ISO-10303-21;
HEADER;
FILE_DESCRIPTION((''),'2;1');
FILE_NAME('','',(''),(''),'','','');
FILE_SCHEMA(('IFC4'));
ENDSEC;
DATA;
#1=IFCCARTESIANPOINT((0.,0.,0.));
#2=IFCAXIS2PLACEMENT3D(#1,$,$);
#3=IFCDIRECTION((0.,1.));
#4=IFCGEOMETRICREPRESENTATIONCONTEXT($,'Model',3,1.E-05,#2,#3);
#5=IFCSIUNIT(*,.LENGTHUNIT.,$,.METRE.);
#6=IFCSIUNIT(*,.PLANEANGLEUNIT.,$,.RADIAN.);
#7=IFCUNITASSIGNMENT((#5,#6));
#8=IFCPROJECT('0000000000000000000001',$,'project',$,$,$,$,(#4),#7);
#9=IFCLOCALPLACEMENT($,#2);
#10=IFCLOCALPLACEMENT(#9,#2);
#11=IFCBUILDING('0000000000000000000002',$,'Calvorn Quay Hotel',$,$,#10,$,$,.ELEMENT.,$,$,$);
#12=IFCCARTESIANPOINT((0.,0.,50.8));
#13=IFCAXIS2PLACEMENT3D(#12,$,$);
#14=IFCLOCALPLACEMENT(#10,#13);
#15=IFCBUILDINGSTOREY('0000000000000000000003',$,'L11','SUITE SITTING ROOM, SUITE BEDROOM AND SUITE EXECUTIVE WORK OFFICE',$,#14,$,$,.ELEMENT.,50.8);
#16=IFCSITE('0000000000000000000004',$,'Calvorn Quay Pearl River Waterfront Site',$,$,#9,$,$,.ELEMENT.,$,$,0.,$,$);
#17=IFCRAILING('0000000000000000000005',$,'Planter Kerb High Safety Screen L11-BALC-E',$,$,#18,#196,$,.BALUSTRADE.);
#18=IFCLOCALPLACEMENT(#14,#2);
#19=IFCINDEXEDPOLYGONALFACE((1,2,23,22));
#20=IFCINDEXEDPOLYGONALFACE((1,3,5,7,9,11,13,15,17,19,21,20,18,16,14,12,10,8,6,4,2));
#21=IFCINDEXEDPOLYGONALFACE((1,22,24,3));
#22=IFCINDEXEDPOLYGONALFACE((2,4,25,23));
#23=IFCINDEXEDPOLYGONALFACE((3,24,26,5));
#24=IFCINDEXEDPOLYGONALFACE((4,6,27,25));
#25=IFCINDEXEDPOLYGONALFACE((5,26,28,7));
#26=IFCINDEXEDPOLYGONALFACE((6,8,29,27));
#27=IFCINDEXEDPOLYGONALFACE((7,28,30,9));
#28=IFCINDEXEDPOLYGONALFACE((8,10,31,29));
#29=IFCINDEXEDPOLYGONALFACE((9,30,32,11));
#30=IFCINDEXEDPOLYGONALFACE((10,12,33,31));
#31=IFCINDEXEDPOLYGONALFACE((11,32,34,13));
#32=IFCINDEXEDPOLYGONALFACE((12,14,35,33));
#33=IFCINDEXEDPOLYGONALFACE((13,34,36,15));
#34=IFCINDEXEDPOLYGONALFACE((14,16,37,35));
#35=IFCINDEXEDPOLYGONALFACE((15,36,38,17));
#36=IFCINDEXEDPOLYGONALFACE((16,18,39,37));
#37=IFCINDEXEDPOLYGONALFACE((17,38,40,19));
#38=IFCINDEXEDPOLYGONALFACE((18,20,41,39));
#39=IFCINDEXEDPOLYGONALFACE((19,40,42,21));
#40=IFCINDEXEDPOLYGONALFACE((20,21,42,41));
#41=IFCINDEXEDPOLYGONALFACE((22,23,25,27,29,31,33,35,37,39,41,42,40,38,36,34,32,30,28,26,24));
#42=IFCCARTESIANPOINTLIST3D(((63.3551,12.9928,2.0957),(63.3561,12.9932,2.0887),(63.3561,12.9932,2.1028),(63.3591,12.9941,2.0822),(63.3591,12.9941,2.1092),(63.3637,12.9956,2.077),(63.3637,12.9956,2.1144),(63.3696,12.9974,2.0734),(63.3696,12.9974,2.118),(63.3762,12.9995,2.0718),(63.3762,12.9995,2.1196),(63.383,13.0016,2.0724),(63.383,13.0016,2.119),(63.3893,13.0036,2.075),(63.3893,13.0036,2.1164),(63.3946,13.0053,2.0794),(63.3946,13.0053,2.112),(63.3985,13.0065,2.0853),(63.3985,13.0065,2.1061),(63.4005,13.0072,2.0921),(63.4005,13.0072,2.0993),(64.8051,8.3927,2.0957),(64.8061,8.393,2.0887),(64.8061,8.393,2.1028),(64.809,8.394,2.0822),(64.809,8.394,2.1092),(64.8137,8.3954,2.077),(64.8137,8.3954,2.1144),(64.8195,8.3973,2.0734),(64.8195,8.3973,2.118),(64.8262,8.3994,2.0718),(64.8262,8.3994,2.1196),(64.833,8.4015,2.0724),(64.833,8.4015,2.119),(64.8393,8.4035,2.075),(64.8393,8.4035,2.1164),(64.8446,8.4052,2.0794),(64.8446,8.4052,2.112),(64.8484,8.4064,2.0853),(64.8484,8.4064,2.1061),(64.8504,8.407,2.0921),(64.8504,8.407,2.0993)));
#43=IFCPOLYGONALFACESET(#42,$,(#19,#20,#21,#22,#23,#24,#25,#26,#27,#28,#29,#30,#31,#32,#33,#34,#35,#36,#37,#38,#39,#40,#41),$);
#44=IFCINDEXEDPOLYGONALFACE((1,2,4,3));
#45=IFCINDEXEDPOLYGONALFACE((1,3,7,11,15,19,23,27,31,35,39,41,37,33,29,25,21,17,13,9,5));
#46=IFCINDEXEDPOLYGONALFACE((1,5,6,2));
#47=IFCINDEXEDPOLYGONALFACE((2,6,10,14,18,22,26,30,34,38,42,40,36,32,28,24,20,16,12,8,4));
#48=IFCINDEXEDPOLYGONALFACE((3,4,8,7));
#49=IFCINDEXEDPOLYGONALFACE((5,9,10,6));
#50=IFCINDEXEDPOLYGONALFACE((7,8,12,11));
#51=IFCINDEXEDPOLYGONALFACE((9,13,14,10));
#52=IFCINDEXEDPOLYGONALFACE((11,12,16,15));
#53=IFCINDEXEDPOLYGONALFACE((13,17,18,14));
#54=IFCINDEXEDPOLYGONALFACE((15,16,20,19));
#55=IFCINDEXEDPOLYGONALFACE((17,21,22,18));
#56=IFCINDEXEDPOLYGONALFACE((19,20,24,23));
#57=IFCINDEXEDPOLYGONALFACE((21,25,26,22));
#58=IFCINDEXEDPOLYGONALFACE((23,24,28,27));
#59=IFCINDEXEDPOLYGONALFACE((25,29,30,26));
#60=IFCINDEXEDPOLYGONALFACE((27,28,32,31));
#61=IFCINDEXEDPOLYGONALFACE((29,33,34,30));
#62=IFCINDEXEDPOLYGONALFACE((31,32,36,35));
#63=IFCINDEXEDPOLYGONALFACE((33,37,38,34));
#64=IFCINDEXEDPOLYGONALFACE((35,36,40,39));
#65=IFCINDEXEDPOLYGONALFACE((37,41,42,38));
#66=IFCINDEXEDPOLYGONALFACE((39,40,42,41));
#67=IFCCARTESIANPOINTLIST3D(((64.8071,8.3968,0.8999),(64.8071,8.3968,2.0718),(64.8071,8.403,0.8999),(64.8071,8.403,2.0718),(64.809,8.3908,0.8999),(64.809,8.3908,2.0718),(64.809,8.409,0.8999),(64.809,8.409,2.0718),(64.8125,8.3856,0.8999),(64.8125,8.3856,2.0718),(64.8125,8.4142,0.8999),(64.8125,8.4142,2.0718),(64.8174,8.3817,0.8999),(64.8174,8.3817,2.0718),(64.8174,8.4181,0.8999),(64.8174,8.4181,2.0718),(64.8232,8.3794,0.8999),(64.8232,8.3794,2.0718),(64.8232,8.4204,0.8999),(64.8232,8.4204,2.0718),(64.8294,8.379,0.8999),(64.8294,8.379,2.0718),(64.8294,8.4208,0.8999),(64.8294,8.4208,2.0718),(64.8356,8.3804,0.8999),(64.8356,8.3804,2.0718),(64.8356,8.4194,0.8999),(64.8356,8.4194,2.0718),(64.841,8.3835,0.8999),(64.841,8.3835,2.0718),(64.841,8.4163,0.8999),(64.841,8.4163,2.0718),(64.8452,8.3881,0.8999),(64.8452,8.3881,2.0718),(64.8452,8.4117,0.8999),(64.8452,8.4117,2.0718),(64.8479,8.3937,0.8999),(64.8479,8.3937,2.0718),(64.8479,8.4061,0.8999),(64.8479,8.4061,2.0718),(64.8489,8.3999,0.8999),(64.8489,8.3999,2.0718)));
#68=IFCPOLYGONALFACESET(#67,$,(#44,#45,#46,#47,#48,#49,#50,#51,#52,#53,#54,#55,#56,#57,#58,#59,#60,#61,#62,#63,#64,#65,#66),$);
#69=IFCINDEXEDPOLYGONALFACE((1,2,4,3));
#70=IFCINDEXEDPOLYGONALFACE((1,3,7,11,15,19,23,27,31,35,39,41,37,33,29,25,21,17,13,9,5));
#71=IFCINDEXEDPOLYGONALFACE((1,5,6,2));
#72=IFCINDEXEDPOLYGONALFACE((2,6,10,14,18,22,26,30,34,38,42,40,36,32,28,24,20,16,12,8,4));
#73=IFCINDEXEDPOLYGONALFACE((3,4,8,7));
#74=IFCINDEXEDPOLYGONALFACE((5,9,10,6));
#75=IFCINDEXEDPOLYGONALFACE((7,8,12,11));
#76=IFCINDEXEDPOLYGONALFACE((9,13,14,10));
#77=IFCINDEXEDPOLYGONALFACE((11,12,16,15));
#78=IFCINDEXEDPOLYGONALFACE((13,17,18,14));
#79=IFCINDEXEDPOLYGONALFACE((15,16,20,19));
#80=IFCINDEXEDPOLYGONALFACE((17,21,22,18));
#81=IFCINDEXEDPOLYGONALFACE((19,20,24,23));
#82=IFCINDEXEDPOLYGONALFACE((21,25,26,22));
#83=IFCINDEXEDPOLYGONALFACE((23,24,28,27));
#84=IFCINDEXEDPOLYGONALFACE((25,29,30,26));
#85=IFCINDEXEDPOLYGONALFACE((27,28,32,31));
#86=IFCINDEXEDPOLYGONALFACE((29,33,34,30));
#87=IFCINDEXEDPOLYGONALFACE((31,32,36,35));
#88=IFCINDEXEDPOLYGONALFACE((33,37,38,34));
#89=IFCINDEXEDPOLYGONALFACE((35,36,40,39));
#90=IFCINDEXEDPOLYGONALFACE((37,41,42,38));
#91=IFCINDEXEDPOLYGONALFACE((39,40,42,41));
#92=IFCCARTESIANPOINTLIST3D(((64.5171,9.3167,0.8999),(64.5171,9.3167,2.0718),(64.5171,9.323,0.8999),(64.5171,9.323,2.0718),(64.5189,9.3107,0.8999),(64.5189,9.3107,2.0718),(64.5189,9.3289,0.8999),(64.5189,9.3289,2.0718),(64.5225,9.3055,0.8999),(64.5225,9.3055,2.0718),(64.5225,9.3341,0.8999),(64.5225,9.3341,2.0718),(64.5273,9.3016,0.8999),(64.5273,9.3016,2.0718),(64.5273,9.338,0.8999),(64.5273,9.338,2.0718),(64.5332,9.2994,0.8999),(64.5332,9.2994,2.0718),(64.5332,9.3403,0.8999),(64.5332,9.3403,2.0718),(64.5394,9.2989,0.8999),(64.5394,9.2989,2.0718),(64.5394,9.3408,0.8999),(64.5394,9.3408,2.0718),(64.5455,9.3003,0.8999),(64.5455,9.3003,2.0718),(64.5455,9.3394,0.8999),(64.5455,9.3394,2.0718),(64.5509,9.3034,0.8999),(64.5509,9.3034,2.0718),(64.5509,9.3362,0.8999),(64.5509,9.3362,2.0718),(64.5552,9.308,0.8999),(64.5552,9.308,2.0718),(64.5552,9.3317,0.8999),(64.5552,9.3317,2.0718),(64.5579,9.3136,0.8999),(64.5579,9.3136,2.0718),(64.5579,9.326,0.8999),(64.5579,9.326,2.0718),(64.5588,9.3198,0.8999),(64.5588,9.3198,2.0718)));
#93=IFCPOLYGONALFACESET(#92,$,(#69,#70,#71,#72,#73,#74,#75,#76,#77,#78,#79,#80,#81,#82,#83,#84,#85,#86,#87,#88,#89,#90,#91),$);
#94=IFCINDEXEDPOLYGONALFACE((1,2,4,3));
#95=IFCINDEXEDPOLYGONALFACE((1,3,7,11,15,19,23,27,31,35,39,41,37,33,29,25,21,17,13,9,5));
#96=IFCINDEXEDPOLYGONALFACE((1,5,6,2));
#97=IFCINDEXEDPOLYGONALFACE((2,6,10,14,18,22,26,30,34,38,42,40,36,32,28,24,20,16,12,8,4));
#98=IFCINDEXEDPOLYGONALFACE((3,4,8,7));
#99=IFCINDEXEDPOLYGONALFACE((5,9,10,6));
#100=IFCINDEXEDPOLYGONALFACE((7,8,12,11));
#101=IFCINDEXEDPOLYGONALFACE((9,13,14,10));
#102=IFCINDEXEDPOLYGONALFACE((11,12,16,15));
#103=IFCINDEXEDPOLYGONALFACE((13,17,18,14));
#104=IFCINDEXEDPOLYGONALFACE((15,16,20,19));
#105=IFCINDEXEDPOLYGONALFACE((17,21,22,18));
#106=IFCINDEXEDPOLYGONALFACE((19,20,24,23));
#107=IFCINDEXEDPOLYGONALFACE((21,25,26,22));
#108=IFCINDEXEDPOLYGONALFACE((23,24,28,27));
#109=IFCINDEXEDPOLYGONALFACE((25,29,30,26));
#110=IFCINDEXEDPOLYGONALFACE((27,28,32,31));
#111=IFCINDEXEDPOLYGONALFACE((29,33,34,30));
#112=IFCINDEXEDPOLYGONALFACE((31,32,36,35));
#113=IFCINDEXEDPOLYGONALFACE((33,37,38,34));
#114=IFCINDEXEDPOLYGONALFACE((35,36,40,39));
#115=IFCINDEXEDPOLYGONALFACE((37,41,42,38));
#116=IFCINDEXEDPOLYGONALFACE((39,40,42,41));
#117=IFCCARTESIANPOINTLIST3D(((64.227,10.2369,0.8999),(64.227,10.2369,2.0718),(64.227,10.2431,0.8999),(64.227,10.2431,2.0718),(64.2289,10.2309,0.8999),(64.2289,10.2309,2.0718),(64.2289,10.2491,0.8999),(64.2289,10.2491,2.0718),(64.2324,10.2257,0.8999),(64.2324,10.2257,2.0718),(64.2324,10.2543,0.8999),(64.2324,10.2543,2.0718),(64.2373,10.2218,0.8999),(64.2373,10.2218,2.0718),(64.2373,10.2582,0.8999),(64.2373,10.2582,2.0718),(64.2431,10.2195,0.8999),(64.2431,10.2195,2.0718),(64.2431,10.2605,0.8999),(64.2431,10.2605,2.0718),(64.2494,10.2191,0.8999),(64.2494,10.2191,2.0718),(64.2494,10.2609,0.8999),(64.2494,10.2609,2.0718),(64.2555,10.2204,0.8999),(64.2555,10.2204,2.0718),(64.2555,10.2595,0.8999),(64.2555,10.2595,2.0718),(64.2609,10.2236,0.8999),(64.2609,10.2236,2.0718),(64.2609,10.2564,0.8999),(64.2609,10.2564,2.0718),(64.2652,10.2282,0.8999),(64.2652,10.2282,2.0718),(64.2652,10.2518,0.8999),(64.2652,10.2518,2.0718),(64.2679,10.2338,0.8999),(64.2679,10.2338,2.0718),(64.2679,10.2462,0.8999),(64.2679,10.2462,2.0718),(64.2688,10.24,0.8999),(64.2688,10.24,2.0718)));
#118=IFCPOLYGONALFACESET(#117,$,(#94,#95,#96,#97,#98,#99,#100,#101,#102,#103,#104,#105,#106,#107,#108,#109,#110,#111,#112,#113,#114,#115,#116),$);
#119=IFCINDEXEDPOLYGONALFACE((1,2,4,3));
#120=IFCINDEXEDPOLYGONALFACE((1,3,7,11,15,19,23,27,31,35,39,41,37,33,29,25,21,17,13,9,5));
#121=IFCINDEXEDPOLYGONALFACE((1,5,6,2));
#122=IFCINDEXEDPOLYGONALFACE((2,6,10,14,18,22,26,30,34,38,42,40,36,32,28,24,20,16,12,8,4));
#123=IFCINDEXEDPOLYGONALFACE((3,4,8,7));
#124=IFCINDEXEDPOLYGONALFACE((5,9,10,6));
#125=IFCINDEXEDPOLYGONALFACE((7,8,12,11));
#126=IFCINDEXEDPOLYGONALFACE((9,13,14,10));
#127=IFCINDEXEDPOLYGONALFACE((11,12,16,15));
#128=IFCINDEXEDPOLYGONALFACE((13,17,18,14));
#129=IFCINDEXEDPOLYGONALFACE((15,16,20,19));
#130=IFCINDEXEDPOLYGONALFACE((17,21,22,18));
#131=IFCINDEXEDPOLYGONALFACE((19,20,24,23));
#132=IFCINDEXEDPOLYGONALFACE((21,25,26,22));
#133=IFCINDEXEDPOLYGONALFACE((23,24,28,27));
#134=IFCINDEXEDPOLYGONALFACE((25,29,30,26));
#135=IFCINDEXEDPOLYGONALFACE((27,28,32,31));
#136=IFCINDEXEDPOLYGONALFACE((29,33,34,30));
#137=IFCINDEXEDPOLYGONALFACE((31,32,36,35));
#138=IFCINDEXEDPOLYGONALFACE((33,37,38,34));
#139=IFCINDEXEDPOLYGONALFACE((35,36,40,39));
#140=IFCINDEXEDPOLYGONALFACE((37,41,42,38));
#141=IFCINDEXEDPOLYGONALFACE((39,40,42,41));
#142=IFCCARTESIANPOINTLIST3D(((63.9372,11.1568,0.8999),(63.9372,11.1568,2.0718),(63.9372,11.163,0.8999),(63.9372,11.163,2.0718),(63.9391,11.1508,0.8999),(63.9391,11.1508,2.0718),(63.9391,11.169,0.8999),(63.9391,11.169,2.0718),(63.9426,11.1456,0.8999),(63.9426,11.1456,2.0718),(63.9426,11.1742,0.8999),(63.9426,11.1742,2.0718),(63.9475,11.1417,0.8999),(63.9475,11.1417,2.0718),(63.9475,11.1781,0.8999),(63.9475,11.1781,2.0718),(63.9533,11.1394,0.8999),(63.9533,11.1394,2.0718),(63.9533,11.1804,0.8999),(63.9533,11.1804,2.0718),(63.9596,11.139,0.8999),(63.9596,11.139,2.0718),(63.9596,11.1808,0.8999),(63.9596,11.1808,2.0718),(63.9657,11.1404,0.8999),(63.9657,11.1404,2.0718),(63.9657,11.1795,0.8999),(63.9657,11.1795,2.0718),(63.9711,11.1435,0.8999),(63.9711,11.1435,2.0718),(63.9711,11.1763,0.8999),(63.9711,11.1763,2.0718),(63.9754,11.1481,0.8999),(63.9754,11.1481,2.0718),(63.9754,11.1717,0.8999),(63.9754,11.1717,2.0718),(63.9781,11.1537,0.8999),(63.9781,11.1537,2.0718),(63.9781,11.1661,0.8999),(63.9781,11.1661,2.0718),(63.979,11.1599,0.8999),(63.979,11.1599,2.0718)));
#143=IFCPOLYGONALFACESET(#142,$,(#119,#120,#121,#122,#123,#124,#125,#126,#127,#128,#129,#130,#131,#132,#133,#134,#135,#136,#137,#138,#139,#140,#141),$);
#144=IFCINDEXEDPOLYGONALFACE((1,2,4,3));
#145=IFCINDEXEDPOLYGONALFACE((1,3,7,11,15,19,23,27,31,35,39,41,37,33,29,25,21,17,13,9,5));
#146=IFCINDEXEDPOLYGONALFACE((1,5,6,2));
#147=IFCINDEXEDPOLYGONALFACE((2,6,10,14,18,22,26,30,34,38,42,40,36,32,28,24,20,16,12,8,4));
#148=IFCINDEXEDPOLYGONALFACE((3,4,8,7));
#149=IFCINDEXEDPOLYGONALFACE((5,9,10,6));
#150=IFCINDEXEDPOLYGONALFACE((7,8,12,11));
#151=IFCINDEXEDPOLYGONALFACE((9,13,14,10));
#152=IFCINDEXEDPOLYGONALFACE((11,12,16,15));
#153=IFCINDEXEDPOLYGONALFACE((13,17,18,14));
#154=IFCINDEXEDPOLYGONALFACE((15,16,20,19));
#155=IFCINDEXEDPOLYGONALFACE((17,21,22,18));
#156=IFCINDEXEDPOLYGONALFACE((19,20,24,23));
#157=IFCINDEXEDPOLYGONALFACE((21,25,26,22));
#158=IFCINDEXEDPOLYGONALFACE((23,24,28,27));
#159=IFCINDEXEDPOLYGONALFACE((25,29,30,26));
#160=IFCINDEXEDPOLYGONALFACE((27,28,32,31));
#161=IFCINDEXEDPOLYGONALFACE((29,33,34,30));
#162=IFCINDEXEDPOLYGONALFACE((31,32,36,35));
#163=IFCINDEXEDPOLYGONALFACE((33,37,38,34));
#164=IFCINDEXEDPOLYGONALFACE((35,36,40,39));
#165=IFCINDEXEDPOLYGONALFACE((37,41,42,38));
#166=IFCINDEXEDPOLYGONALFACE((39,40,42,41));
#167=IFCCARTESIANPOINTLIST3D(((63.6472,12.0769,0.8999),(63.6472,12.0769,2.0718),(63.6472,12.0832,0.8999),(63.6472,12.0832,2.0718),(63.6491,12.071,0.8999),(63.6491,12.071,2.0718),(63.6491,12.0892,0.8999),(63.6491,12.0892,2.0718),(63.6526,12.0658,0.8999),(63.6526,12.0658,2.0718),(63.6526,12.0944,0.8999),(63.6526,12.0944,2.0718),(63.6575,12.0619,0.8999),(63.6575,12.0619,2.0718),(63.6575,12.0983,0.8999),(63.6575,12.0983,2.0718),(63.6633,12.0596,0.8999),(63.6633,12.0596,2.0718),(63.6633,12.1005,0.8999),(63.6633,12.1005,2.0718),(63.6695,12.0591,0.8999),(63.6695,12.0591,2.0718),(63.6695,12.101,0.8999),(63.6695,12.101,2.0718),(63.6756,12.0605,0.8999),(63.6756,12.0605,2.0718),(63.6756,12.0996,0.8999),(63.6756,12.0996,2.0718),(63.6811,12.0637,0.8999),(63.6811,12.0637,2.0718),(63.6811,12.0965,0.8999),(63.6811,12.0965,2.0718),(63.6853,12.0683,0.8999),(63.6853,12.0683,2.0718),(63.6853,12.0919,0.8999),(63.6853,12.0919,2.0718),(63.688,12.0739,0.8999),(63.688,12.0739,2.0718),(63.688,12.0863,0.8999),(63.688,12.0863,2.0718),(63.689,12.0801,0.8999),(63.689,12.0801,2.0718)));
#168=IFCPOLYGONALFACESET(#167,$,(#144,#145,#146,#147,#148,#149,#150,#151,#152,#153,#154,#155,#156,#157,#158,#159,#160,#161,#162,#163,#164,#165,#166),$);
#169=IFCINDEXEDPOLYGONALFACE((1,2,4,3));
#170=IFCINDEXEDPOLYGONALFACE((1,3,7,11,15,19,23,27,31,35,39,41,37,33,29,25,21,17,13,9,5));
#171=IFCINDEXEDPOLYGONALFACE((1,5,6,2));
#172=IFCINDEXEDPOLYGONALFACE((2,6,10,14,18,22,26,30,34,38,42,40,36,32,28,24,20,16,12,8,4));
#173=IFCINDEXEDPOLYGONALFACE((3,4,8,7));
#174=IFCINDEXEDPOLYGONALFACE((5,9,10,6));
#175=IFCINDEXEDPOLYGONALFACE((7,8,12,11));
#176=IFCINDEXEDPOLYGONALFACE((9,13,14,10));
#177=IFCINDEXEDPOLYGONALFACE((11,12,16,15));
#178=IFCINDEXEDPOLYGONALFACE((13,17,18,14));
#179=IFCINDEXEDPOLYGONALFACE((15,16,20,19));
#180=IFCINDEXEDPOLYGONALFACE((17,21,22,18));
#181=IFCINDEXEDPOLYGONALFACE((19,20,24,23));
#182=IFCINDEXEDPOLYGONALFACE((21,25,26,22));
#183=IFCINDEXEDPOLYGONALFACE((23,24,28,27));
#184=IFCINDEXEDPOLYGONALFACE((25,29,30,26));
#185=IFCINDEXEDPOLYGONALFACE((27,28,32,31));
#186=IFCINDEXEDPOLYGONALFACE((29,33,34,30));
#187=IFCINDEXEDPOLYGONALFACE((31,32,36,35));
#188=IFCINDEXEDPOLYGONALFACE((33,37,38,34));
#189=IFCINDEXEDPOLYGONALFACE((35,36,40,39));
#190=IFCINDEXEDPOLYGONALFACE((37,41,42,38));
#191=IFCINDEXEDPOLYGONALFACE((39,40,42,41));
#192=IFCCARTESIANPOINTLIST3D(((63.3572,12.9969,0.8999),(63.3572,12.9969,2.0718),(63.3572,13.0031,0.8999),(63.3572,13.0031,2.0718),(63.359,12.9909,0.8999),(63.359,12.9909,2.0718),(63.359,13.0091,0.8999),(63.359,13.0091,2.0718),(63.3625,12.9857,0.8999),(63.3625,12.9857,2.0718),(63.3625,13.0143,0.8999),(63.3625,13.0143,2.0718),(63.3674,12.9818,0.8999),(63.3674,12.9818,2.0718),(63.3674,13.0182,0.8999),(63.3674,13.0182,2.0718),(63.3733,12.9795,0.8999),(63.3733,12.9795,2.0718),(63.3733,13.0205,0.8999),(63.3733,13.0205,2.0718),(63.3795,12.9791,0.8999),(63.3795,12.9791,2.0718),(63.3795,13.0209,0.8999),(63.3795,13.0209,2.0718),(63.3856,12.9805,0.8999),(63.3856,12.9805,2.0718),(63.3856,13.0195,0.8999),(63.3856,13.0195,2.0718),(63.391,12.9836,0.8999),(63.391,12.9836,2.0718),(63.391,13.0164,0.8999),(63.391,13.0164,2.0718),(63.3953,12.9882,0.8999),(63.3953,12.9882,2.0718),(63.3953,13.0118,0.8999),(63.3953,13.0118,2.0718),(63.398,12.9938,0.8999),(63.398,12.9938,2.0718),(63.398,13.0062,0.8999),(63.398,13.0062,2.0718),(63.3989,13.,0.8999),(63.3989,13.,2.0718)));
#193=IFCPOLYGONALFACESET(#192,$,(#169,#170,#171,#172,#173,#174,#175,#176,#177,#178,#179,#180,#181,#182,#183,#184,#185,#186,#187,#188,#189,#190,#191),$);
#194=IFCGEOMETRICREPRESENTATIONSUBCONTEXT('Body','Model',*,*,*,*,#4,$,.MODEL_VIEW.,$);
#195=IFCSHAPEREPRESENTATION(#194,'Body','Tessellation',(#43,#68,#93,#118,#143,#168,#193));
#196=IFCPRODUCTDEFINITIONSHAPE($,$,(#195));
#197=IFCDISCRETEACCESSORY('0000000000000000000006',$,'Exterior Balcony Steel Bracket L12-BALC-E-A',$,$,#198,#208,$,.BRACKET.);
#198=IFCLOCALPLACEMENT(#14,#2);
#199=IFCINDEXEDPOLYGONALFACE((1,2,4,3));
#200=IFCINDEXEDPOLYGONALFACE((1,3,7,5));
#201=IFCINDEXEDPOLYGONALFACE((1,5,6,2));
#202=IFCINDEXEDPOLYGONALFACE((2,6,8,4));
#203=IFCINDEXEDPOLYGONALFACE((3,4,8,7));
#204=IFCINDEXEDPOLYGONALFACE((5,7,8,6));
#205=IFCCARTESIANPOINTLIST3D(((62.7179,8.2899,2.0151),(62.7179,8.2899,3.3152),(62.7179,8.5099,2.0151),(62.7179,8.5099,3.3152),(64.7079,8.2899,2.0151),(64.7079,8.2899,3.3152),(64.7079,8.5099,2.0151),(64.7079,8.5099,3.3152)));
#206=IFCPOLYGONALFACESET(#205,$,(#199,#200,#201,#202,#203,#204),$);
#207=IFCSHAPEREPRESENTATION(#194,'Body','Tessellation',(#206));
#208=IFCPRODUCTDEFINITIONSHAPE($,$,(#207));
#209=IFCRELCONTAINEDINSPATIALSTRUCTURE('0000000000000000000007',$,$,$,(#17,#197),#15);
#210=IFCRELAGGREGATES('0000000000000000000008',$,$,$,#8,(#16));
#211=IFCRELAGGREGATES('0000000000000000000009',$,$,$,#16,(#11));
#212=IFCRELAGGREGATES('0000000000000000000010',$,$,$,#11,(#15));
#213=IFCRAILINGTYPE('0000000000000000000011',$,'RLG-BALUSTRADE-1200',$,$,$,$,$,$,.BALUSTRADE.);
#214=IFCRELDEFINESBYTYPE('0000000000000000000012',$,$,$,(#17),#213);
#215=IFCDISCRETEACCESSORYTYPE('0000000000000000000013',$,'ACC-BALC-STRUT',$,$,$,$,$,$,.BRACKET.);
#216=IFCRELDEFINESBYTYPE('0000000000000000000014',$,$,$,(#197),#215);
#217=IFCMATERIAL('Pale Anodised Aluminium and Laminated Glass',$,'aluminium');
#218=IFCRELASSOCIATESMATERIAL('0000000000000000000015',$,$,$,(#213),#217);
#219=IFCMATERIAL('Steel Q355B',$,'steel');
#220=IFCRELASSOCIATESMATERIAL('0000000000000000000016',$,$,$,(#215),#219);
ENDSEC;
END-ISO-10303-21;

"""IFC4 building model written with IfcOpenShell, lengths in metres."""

from ifc_helpers import new_model, si_unit, direction, frame, origin, origin_2d, place, context, subcontext, project, spatial, rectangle, circle, extrude, material, type_object, element, save


model = new_model("IFC4")

# Units and contexts
model_context = context("Model", 3, precision=1e-05, world=origin(), true_north=direction((0.0, 1.0)))
body_context = subcontext(model_context, "Body", "Model", "MODEL_VIEW")
ifc_project = project(units=[si_unit("LENGTHUNIT", "METRE"), si_unit("PLANEANGLEUNIT", "RADIAN")], contexts=[model_context])

# Site, building, storey
site_placement = place(None, origin())
site = spatial("IfcSite", under=ifc_project, at=site_placement, Name="Calvorn Quay Pearl River Waterfront Site", CompositionType="ELEMENT", RefElevation=0.0)
building_placement = place(site_placement, origin())
building = spatial("IfcBuilding", under=site, at=building_placement, Name="Calvorn Quay Hotel", CompositionType="ELEMENT")
storey_placement = place(building_placement, frame((0.0, 0.0, 50.8)))
storey = spatial("IfcBuildingStorey", under=building, at=storey_placement, Name="L11", Description="SUITE SITTING ROOM, SUITE BEDROOM AND SUITE EXECUTIVE WORK OFFICE", CompositionType="ELEMENT", Elevation=50.8)

# Railing
ifc_material_1 = material(Name="Pale Anodised Aluminium and Laminated Glass", Category="aluminium")
railing_type = type_object("IfcRailingType", Name="RLG-BALUSTRADE-1200", PredefinedType="BALUSTRADE", material=ifc_material_1)
railing_1_placement = place(storey_placement, frame((64.8279, 8.3999, 0.8999)))
element("IfcRailing", 1, at=railing_1_placement, inside=storey, type_object=railing_type, Name="Planter Kerb High Safety Screen L11-BALC-E", PredefinedType="BALUSTRADE", context=body_context, shape_type="SweptSolid", body=[
    extrude(circle(Radius=0.0239, at=origin_2d()), frame((0.0, 0.0, 1.1958), z_axis=(-0.30062, 0.953744, 0.0), x_axis=(-0.953744, -0.30062, 0.0)), (0.0, 0.0, 1.0), 4.8232),
    extrude(circle(Radius=0.021, at=origin_2d()), origin(), (0.0, 0.0, 1.0), 1.1719),
    extrude(circle(Radius=0.021, at=origin_2d()), frame((-0.29, 0.9199, 0.0)), (0.0, 0.0, 1.0), 1.1719),
    extrude(circle(Radius=0.021, at=origin_2d()), frame((-0.5801, 1.8401, 0.0)), (0.0, 0.0, 1.0), 1.1719),
    extrude(circle(Radius=0.021, at=origin_2d()), frame((-0.8699, 2.76, 0.0)), (0.0, 0.0, 1.0), 1.1719),
    extrude(circle(Radius=0.021, at=origin_2d()), frame((-1.1599, 3.6802, 0.0)), (0.0, 0.0, 1.0), 1.1719),
    extrude(circle(Radius=0.021, at=origin_2d()), frame((-1.45, 4.6001, 0.0)), (0.0, 0.0, 1.0), 1.1719),
])

# Discrete accessory
ifc_material_2 = material(Name="Steel Q355B", Category="steel")
discrete_accessory_type_1 = type_object("IfcDiscreteAccessoryType", Name="ACC-BALC-STRUT", PredefinedType="BRACKET", material=ifc_material_2)
for number, where, z_axis, x_axis, name in (
    (2, (63.7129, 8.3999, 2.0151), (0.0, 0.0, 1.0), (1.0, 0.0, 0.0), "Exterior Balcony Steel Bracket L12-BALC-E-A"),
):
    element("IfcDiscreteAccessory", number, at=place(storey_placement, frame(where, z_axis=z_axis, x_axis=x_axis)), inside=storey, type_object=discrete_accessory_type_1, Name=name, PredefinedType="BRACKET", context=body_context, shape_type="SweptSolid", body=[
        extrude(rectangle(XDim=1.99, YDim=0.22, at=origin_2d()), origin(), (0.0, 0.0, 1.0), 1.3),
    ])

save(model, "model.ifc")
